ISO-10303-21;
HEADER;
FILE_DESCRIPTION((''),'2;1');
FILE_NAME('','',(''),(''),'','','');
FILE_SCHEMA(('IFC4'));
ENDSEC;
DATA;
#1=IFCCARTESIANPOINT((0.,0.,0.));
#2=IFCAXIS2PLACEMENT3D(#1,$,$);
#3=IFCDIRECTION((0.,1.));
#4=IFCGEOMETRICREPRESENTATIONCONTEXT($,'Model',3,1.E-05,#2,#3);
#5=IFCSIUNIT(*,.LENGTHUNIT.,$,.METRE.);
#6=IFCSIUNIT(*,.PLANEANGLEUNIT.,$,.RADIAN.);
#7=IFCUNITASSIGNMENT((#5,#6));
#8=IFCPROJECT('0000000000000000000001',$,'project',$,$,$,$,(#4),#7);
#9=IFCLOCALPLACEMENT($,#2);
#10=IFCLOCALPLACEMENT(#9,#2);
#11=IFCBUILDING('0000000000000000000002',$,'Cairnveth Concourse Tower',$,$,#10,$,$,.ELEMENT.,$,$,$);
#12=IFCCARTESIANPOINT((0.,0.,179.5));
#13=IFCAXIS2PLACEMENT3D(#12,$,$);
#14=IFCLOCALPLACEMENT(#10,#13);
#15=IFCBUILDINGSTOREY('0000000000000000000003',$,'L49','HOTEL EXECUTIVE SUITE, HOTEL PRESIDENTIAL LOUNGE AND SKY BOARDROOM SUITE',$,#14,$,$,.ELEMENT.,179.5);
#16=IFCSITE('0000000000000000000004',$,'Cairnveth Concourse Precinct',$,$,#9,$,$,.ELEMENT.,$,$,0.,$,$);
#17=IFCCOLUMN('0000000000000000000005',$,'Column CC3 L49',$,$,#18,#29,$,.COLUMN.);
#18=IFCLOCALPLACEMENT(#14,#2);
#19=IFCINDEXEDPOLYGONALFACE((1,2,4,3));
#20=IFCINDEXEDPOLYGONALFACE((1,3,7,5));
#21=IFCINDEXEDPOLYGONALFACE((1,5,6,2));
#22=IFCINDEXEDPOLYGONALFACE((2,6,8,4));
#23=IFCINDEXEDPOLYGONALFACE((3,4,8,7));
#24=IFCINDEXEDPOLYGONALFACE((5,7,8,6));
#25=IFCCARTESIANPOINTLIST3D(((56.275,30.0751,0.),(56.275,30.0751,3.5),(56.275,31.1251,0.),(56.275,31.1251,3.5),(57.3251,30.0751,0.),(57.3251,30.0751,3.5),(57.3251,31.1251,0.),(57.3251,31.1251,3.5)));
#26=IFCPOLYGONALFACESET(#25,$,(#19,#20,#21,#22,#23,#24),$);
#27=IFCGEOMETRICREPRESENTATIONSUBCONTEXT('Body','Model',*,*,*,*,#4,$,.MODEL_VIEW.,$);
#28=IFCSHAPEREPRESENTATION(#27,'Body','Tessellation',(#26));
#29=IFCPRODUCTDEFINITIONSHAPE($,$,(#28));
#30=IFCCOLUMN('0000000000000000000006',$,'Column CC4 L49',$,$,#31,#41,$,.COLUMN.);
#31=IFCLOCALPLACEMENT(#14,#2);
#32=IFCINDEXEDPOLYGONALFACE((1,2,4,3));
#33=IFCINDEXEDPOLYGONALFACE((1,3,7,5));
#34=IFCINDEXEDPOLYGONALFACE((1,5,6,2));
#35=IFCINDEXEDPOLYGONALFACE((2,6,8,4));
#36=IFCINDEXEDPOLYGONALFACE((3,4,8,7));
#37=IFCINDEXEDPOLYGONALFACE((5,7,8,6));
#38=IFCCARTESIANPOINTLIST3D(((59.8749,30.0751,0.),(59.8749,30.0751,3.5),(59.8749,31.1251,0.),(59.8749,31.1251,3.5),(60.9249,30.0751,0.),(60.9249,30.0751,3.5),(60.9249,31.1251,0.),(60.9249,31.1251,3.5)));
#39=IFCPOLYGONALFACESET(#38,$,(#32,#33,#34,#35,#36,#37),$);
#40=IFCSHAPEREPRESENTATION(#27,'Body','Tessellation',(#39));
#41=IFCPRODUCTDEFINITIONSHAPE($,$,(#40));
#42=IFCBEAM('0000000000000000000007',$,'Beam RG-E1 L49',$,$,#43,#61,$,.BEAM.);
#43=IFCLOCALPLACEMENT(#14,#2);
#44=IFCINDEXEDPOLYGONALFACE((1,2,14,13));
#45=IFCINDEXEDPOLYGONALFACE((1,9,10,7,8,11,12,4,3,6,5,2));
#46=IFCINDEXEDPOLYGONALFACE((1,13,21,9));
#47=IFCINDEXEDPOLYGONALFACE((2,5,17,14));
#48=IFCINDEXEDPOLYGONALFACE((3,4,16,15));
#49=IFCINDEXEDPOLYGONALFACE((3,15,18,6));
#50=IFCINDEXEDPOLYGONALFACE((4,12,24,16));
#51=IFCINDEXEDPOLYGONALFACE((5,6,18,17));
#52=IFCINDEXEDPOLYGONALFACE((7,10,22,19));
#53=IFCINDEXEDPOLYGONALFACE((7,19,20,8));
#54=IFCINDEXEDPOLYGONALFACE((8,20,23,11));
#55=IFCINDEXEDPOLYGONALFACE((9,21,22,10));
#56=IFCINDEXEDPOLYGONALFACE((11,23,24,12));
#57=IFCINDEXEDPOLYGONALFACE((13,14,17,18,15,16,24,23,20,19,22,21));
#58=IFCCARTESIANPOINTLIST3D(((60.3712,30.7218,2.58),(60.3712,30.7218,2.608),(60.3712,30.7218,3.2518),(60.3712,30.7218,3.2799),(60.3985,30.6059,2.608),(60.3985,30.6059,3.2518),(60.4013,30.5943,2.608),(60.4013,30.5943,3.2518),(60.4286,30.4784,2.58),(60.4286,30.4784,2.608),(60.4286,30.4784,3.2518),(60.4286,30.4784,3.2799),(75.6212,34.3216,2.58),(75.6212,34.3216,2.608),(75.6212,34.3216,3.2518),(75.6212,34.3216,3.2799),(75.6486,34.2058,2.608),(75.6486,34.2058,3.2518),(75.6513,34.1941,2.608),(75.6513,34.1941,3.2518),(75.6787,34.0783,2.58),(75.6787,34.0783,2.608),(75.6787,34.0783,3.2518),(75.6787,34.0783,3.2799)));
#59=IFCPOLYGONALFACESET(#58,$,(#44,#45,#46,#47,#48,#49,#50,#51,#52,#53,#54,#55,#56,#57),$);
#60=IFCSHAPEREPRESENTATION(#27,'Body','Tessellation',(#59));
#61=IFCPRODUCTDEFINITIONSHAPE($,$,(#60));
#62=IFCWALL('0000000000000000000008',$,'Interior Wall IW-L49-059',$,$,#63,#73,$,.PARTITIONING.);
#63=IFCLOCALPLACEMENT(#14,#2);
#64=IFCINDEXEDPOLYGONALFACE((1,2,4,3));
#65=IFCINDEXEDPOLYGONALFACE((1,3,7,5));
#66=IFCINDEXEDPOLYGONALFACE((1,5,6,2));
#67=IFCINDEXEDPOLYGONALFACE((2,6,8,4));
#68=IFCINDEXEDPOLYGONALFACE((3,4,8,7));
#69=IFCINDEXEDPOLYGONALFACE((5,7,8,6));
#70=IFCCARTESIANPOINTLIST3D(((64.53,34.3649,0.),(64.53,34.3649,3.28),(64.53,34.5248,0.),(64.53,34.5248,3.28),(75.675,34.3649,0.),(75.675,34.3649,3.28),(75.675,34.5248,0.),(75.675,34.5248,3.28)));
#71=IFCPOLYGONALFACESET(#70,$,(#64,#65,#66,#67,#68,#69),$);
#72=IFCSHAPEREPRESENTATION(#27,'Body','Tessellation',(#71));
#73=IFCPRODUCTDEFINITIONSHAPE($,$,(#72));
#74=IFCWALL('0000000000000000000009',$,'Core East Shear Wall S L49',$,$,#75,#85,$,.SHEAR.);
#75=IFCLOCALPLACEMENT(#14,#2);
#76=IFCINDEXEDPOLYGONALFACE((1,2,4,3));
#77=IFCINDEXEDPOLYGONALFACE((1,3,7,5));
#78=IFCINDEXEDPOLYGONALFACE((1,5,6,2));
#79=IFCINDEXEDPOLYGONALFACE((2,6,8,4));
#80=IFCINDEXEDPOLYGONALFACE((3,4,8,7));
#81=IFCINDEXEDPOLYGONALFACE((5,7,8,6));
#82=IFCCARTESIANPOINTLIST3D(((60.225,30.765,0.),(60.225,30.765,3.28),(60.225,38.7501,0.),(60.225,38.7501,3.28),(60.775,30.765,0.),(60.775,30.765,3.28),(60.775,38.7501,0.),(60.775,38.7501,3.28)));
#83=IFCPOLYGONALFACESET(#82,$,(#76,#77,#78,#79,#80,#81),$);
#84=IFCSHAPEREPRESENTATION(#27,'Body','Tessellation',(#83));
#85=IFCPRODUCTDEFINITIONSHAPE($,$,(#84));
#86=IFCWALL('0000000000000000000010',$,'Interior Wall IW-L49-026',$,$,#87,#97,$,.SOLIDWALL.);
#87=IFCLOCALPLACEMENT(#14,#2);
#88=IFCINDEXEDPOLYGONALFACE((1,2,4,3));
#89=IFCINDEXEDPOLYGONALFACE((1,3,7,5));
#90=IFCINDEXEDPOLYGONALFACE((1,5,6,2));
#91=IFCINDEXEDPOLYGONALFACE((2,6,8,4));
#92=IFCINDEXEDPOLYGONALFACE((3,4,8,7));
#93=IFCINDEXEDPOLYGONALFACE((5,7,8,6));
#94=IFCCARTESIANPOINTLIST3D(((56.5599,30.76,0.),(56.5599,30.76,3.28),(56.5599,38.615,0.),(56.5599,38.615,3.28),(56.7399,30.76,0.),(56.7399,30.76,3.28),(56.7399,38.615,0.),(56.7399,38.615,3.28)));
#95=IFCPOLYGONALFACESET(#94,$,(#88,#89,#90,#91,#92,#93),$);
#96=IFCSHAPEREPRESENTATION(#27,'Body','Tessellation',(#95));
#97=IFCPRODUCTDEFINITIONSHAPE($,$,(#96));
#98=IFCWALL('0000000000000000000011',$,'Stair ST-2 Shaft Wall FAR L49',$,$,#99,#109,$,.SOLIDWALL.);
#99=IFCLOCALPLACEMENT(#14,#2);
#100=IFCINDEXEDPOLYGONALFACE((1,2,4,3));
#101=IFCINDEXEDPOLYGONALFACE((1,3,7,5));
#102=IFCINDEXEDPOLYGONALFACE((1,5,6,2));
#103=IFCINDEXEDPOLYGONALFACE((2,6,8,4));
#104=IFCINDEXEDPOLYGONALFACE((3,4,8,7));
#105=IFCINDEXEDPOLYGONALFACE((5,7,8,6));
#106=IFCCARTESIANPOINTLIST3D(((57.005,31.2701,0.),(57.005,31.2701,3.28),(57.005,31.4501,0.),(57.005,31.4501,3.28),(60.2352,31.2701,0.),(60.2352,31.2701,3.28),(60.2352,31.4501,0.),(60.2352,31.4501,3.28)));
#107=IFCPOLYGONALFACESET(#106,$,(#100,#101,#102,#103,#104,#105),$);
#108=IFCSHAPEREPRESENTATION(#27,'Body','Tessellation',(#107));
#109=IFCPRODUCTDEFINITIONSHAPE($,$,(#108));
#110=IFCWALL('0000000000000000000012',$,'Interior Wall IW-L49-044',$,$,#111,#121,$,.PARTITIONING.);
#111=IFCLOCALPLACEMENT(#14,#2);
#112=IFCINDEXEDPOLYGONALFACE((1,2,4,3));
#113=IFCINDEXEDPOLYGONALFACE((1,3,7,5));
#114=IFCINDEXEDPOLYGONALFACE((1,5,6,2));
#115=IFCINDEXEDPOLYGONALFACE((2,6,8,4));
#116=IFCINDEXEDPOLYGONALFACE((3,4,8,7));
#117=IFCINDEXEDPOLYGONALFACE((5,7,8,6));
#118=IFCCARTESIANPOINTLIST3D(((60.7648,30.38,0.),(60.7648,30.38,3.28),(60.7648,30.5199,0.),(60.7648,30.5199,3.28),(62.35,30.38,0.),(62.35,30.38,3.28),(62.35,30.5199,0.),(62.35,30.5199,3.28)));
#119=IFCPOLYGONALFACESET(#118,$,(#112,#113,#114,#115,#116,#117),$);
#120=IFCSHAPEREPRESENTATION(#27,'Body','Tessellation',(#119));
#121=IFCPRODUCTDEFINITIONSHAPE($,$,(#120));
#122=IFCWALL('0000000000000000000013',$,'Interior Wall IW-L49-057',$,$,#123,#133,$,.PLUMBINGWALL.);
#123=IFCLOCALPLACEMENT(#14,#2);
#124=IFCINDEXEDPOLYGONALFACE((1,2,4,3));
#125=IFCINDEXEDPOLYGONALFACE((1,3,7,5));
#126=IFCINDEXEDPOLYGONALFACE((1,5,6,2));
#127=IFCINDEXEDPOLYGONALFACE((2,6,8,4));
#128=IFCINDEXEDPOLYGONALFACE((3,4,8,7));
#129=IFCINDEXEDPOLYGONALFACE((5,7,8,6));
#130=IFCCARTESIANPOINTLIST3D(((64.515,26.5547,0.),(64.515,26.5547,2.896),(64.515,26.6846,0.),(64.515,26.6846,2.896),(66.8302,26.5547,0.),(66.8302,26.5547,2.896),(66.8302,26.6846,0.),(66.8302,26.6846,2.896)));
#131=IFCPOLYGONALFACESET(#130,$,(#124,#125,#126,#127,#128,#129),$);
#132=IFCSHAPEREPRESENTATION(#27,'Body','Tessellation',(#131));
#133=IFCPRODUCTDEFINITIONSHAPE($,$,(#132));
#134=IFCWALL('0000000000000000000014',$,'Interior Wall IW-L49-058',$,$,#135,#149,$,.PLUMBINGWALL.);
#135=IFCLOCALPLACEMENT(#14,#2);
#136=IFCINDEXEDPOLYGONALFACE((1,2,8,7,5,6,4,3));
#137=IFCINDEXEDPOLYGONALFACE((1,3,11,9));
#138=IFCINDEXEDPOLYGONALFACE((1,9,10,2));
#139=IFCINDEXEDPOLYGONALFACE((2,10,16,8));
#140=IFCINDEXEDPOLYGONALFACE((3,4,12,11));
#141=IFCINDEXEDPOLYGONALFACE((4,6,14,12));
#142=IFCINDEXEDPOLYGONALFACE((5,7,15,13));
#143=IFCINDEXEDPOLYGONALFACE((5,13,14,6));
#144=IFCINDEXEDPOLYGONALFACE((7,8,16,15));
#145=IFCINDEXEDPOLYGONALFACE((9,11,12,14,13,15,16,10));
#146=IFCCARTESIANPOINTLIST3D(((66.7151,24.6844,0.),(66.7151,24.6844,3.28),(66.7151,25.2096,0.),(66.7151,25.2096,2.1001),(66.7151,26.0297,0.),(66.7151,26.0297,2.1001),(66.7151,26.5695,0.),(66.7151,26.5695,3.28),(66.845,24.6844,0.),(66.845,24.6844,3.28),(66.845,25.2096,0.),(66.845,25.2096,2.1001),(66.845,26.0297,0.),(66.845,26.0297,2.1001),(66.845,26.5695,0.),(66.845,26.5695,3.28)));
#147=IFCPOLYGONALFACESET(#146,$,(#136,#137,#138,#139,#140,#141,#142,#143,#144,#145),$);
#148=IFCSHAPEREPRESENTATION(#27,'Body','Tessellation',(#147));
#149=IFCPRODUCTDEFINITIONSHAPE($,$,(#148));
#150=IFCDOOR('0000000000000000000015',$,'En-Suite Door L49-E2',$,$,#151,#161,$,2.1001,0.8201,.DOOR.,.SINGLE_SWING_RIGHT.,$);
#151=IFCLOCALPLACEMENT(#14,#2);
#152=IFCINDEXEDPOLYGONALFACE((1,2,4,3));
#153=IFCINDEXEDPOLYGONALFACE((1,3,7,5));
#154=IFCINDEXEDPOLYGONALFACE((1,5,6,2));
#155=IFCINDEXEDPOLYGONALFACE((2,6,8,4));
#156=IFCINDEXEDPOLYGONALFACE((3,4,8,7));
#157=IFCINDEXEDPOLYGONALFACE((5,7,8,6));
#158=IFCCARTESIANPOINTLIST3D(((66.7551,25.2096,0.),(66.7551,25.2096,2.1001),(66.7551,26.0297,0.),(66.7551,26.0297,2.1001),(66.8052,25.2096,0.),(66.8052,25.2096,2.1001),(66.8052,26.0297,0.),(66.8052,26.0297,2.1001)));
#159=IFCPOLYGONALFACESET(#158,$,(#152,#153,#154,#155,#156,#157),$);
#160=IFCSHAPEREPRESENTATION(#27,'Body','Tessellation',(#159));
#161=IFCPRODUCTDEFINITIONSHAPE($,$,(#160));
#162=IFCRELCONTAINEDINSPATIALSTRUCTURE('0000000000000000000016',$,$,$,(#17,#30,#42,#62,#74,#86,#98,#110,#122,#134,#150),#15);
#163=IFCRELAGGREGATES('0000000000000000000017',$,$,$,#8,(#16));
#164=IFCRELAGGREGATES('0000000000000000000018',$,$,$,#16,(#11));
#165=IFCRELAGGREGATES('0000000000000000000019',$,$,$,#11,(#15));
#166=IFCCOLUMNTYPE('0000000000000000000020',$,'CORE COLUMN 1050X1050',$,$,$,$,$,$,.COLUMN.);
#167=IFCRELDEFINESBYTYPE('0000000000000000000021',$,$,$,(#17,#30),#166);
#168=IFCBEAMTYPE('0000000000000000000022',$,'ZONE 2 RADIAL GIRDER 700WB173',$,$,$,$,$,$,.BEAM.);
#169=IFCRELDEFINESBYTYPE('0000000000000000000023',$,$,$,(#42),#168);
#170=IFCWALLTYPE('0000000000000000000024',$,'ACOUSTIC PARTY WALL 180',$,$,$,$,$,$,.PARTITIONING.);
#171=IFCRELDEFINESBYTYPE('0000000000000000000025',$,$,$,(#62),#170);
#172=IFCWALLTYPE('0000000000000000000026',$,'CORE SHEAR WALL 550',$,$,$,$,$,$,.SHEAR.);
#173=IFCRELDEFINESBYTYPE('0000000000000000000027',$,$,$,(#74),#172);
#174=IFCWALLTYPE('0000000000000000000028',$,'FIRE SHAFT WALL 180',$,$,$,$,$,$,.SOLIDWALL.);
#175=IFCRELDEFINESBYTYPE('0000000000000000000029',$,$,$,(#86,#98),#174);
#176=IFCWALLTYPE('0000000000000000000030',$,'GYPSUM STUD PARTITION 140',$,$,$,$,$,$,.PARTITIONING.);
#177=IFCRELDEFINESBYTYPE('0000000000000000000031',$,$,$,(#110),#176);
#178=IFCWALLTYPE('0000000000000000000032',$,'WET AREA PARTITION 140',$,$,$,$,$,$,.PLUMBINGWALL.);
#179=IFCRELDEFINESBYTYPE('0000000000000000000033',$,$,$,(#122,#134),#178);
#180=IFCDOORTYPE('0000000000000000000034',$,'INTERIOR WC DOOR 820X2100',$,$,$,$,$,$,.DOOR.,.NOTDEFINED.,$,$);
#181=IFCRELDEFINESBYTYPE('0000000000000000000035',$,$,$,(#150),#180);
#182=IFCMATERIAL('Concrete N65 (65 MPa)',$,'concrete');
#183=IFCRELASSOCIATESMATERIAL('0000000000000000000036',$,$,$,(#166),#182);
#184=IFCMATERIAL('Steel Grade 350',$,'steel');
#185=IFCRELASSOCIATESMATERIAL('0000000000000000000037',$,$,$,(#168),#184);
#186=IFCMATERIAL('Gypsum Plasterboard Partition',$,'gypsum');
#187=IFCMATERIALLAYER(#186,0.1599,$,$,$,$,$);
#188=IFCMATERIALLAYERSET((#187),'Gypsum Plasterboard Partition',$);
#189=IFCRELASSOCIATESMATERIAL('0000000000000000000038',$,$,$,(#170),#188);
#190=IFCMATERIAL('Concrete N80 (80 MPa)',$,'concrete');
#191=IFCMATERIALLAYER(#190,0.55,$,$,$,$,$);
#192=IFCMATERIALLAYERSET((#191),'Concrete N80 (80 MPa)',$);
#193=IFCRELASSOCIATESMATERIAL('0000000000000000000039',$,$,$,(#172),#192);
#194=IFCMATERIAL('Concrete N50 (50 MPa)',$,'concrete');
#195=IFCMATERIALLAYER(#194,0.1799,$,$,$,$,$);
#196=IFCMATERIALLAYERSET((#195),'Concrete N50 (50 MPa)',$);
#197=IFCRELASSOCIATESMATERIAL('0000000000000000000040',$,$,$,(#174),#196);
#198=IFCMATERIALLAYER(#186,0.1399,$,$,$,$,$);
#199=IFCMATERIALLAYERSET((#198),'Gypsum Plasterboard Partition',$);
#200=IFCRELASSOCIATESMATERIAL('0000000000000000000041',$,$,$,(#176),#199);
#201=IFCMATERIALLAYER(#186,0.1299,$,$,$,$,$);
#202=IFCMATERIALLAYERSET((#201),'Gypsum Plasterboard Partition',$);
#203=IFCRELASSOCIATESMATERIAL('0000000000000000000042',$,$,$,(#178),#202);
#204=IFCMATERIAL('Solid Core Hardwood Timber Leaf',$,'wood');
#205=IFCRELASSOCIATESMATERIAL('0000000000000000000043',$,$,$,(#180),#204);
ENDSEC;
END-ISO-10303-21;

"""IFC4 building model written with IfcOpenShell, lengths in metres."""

from ifc_helpers import new_model, si_unit, direction, frame, frame_2d, origin, origin_2d, place, context, subcontext, project, spatial, rectangle, i_section, extrude, material, layer, layer_set, material_profile, profile_set, type_object, element, fill, save


model = new_model("IFC4")

# Units and contexts
model_context = context("Model", 3, precision=1e-05, world=origin(), true_north=direction((0.0, 1.0)))
body_context = subcontext(model_context, "Body", "Model", "MODEL_VIEW")
ifc_project = project(units=[si_unit("LENGTHUNIT", "METRE"), si_unit("PLANEANGLEUNIT", "RADIAN")], contexts=[model_context])

# Site, building, storey
site_placement = place(None, origin())
site = spatial("IfcSite", under=ifc_project, at=site_placement, Name="Cairnveth Concourse Precinct", CompositionType="ELEMENT", RefElevation=0.0)
building_placement = place(site_placement, origin())
building = spatial("IfcBuilding", under=site, at=building_placement, Name="Cairnveth Concourse Tower", CompositionType="ELEMENT")
storey_placement = place(building_placement, frame((0.0, 0.0, 179.5)))
storey = spatial("IfcBuildingStorey", under=building, at=storey_placement, Name="L49", Description="HOTEL EXECUTIVE SUITE, HOTEL PRESIDENTIAL LOUNGE AND SKY BOARDROOM SUITE", CompositionType="ELEMENT", Elevation=179.5)

# Columns
ifc_material_1 = material(Name="Concrete N65 (65 MPa)", Category="concrete")
ifc_material_profile_1 = material_profile(ifc_material_1, rectangle(XDim=1.05, YDim=1.05, at=origin_2d()), Name="RC-COL-1050x1050")
ifc_profile_set_1 = profile_set([ifc_material_profile_1], Name="Concrete N65 (65 MPa)")
column_type = type_object("IfcColumnType", Name="CORE COLUMN 1050X1050", PredefinedType="COLUMN", material=ifc_profile_set_1)
for number, where, z_axis, x_axis, name in (
    (1, (56.8, 30.6001, 0.0), (0.0, 0.0, 1.0), (1.0, 0.0, 0.0), "Column CC3 L49"),
    (2, (60.3999, 30.6001, 0.0), (0.0, 0.0, 1.0), (1.0, 0.0, 0.0), "Column CC4 L49"),
):
    element("IfcColumn", number, at=place(storey_placement, frame(where, z_axis=z_axis, x_axis=x_axis)), inside=storey, type_object=column_type, Name=name, PredefinedType="COLUMN", context=body_context, shape_type="SweptSolid", body=[
        extrude(rectangle(XDim=1.05, YDim=1.05, at=origin_2d()), origin(), (0.0, 0.0, 1.0), 3.5),
    ])

# Beam
ifc_material_2 = material(Name="Steel Grade 350", Category="steel")
ifc_material_profile_2 = material_profile(ifc_material_2, i_section(OverallWidth=0.25, OverallDepth=0.7, WebThickness=0.012, FlangeThickness=0.0281, at=origin_2d()), Name="700WB173")
ifc_profile_set_2 = profile_set([ifc_material_profile_2], Name="Steel Grade 350")
beam_type = type_object("IfcBeamType", Name="ZONE 2 RADIAL GIRDER 700WB173", PredefinedType="BEAM", material=ifc_profile_set_2)
beam_placement = place(storey_placement, frame((60.3999, 30.6001, 2.9299), z_axis=(0.973252, 0.229742, 0.0), x_axis=(-0.229742, 0.973252, 0.0)))
element("IfcBeam", 3, at=beam_placement, inside=storey, type_object=beam_type, Name="Beam RG-E1 L49", PredefinedType="BEAM", context=body_context, shape_type="SweptSolid", body=[
    extrude(i_section(OverallWidth=0.25, OverallDepth=0.7, WebThickness=0.012, FlangeThickness=0.0281, at=origin_2d()), origin(), (0.0, 0.0, 1.0), 15.6692),
])

# Walls
ifc_material_3 = material(Name="Gypsum Plasterboard Partition", Category="gypsum")
ifc_layer_1 = layer(ifc_material_3, 0.1599)
ifc_layer_set_1 = layer_set([ifc_layer_1], Name="Gypsum Plasterboard Partition")
wall_type_1 = type_object("IfcWallType", Name="ACOUSTIC PARTY WALL 180", PredefinedType="PARTITIONING", material=ifc_layer_set_1)
wall_1_placement = place(storey_placement, frame((64.53, 34.4448, 0.0), z_axis=(0.0, 0.0, 1.0), x_axis=(1.0, 0.0, 0.0)))
element("IfcWall", 4, at=wall_1_placement, inside=storey, type_object=wall_type_1, Name="Interior Wall IW-L49-059", PredefinedType="PARTITIONING", context=body_context, shape_type="SweptSolid", body=[
    extrude(rectangle(XDim=11.145, YDim=0.1599, at=frame_2d((5.5725, 0.0))), origin(), (0.0, 0.0, 1.0), 3.28),
])
ifc_material_4 = material(Name="Concrete N80 (80 MPa)", Category="concrete")
ifc_layer_2 = layer(ifc_material_4, 0.55)
ifc_layer_set_2 = layer_set([ifc_layer_2], Name="Concrete N80 (80 MPa)")
wall_type_2 = type_object("IfcWallType", Name="CORE SHEAR WALL 550", PredefinedType="SHEAR", material=ifc_layer_set_2)
wall_2_placement = place(storey_placement, frame((60.5, 30.7649, 0.0), z_axis=(0.0, 0.0, 1.0), x_axis=(0.0, 1.0, 0.0)))
element("IfcWall", 5, at=wall_2_placement, inside=storey, type_object=wall_type_2, Name="Core East Shear Wall S L49", PredefinedType="SHEAR", context=body_context, shape_type="SweptSolid", body=[
    extrude(rectangle(XDim=7.9851, YDim=0.55, at=frame_2d((3.9927, 0.0))), origin(), (0.0, 0.0, 1.0), 3.28),
])
ifc_material_5 = material(Name="Concrete N50 (50 MPa)", Category="concrete")
ifc_layer_3 = layer(ifc_material_5, 0.1799)
ifc_layer_set_3 = layer_set([ifc_layer_3], Name="Concrete N50 (50 MPa)")
wall_type_3 = type_object("IfcWallType", Name="FIRE SHAFT WALL 180", PredefinedType="SOLIDWALL", material=ifc_layer_set_3)
wall_3_placement = place(storey_placement, frame((56.6499, 30.76, 0.0), z_axis=(0.0, 0.0, 1.0), x_axis=(0.0, 1.0, 0.0)))
element("IfcWall", 6, at=wall_3_placement, inside=storey, type_object=wall_type_3, Name="Interior Wall IW-L49-026", PredefinedType="SOLIDWALL", context=body_context, shape_type="SweptSolid", body=[
    extrude(rectangle(XDim=7.855, YDim=0.1799, at=frame_2d((3.9275, 0.0))), origin(), (0.0, 0.0, 1.0), 3.28),
])
wall_4_placement = place(storey_placement, frame((57.0049, 31.3601, 0.0), z_axis=(0.0, 0.0, 1.0), x_axis=(1.0, 0.0, 0.0)))
element("IfcWall", 7, at=wall_4_placement, inside=storey, type_object=wall_type_3, Name="Stair ST-2 Shaft Wall FAR L49", PredefinedType="SOLIDWALL", context=body_context, shape_type="SweptSolid", body=[
    extrude(rectangle(XDim=3.2302, YDim=0.1799, at=frame_2d((1.6152, 0.0))), origin(), (0.0, 0.0, 1.0), 3.28),
])
ifc_layer_4 = layer(ifc_material_3, 0.1399)
ifc_layer_set_4 = layer_set([ifc_layer_4], Name="Gypsum Plasterboard Partition")
wall_type_4 = type_object("IfcWallType", Name="GYPSUM STUD PARTITION 140", PredefinedType="PARTITIONING", material=ifc_layer_set_4)
wall_5_placement = place(storey_placement, frame((60.7649, 30.45, 0.0), z_axis=(0.0, 0.0, 1.0), x_axis=(1.0, 0.0, 0.0)))
element("IfcWall", 8, at=wall_5_placement, inside=storey, type_object=wall_type_4, Name="Interior Wall IW-L49-044", PredefinedType="PARTITIONING", context=body_context, shape_type="SweptSolid", body=[
    extrude(rectangle(XDim=1.5852, YDim=0.1399, at=frame_2d((0.7925, 0.0))), origin(), (0.0, 0.0, 1.0), 3.28),
])
ifc_layer_5 = layer(ifc_material_3, 0.1299)
ifc_layer_set_5 = layer_set([ifc_layer_5], Name="Gypsum Plasterboard Partition")
wall_type_5 = type_object("IfcWallType", Name="WET AREA PARTITION 140", PredefinedType="PLUMBINGWALL", material=ifc_layer_set_5)
wall_6_placement = place(storey_placement, frame((64.5149, 26.6196, 0.0), z_axis=(0.0, 0.0, 1.0), x_axis=(1.0, 0.0, 0.0)))
element("IfcWall", 9, at=wall_6_placement, inside=storey, type_object=wall_type_5, Name="Interior Wall IW-L49-057", PredefinedType="PLUMBINGWALL", context=body_context, shape_type="SweptSolid", body=[
    extrude(rectangle(XDim=2.3152, YDim=0.1299, at=frame_2d((1.1577, 0.0))), origin(), (0.0, 0.0, 1.0), 2.896),
])

# Wall, opening, door
wall_7_placement = place(storey_placement, frame((66.78, 24.6846, 0.0), z_axis=(0.0, 0.0, 1.0), x_axis=(0.0, 1.0, 0.0)))
wall_7 = element("IfcWall", 10, at=wall_7_placement, inside=storey, type_object=wall_type_5, Name="Interior Wall IW-L49-058", PredefinedType="PLUMBINGWALL", context=body_context, shape_type="SweptSolid", body=[
    extrude(rectangle(XDim=1.885, YDim=0.1299, at=frame_2d((0.9424, 0.0))), origin(), (0.0, 0.0, 1.0), 3.28),
])
opening_1_placement = place(wall_7_placement, frame((0.5249, 0.0, 0.0)))
opening_1 = element("IfcOpeningElement", 11, at=opening_1_placement, cuts=wall_7, PredefinedType="OPENING", context=body_context, shape_type="SweptSolid", body=[
    extrude(rectangle(XDim=0.8201, YDim=2.1001, at=frame_2d((0.4102, 1.05))), frame((0.0, 0.075, 0.0), z_axis=(0.0, -1.0, 0.0), x_axis=(1.0, 0.0, 0.0)), (0.0, 0.0, 1.0), 0.1499),
])
ifc_material_6 = material(Name="Solid Core Hardwood Timber Leaf", Category="wood")
door_type = type_object("IfcDoorType", Name="INTERIOR WC DOOR 820X2100", OperationType="NOTDEFINED", PredefinedType="DOOR", material=ifc_material_6)
door_1_placement = place(opening_1_placement, origin())
door_1 = element("IfcDoor", 12, at=door_1_placement, inside=storey, type_object=door_type, Name="En-Suite Door L49-E2", OperationType="SINGLE_SWING_RIGHT", OverallHeight=2.1001, OverallWidth=0.8201, PredefinedType="DOOR", context=body_context, shape_type="SweptSolid", body=[
    extrude(rectangle(XDim=0.8201, YDim=2.1001, at=frame_2d((0.4102, 1.05))), frame((0.0, 0.0249, 0.0), z_axis=(0.0, -1.0, 0.0), x_axis=(1.0, 0.0, 0.0)), (0.0, 0.0, 1.0), 0.05),
])
fill(opening_1, door_1)

save(model, "model.ifc")
